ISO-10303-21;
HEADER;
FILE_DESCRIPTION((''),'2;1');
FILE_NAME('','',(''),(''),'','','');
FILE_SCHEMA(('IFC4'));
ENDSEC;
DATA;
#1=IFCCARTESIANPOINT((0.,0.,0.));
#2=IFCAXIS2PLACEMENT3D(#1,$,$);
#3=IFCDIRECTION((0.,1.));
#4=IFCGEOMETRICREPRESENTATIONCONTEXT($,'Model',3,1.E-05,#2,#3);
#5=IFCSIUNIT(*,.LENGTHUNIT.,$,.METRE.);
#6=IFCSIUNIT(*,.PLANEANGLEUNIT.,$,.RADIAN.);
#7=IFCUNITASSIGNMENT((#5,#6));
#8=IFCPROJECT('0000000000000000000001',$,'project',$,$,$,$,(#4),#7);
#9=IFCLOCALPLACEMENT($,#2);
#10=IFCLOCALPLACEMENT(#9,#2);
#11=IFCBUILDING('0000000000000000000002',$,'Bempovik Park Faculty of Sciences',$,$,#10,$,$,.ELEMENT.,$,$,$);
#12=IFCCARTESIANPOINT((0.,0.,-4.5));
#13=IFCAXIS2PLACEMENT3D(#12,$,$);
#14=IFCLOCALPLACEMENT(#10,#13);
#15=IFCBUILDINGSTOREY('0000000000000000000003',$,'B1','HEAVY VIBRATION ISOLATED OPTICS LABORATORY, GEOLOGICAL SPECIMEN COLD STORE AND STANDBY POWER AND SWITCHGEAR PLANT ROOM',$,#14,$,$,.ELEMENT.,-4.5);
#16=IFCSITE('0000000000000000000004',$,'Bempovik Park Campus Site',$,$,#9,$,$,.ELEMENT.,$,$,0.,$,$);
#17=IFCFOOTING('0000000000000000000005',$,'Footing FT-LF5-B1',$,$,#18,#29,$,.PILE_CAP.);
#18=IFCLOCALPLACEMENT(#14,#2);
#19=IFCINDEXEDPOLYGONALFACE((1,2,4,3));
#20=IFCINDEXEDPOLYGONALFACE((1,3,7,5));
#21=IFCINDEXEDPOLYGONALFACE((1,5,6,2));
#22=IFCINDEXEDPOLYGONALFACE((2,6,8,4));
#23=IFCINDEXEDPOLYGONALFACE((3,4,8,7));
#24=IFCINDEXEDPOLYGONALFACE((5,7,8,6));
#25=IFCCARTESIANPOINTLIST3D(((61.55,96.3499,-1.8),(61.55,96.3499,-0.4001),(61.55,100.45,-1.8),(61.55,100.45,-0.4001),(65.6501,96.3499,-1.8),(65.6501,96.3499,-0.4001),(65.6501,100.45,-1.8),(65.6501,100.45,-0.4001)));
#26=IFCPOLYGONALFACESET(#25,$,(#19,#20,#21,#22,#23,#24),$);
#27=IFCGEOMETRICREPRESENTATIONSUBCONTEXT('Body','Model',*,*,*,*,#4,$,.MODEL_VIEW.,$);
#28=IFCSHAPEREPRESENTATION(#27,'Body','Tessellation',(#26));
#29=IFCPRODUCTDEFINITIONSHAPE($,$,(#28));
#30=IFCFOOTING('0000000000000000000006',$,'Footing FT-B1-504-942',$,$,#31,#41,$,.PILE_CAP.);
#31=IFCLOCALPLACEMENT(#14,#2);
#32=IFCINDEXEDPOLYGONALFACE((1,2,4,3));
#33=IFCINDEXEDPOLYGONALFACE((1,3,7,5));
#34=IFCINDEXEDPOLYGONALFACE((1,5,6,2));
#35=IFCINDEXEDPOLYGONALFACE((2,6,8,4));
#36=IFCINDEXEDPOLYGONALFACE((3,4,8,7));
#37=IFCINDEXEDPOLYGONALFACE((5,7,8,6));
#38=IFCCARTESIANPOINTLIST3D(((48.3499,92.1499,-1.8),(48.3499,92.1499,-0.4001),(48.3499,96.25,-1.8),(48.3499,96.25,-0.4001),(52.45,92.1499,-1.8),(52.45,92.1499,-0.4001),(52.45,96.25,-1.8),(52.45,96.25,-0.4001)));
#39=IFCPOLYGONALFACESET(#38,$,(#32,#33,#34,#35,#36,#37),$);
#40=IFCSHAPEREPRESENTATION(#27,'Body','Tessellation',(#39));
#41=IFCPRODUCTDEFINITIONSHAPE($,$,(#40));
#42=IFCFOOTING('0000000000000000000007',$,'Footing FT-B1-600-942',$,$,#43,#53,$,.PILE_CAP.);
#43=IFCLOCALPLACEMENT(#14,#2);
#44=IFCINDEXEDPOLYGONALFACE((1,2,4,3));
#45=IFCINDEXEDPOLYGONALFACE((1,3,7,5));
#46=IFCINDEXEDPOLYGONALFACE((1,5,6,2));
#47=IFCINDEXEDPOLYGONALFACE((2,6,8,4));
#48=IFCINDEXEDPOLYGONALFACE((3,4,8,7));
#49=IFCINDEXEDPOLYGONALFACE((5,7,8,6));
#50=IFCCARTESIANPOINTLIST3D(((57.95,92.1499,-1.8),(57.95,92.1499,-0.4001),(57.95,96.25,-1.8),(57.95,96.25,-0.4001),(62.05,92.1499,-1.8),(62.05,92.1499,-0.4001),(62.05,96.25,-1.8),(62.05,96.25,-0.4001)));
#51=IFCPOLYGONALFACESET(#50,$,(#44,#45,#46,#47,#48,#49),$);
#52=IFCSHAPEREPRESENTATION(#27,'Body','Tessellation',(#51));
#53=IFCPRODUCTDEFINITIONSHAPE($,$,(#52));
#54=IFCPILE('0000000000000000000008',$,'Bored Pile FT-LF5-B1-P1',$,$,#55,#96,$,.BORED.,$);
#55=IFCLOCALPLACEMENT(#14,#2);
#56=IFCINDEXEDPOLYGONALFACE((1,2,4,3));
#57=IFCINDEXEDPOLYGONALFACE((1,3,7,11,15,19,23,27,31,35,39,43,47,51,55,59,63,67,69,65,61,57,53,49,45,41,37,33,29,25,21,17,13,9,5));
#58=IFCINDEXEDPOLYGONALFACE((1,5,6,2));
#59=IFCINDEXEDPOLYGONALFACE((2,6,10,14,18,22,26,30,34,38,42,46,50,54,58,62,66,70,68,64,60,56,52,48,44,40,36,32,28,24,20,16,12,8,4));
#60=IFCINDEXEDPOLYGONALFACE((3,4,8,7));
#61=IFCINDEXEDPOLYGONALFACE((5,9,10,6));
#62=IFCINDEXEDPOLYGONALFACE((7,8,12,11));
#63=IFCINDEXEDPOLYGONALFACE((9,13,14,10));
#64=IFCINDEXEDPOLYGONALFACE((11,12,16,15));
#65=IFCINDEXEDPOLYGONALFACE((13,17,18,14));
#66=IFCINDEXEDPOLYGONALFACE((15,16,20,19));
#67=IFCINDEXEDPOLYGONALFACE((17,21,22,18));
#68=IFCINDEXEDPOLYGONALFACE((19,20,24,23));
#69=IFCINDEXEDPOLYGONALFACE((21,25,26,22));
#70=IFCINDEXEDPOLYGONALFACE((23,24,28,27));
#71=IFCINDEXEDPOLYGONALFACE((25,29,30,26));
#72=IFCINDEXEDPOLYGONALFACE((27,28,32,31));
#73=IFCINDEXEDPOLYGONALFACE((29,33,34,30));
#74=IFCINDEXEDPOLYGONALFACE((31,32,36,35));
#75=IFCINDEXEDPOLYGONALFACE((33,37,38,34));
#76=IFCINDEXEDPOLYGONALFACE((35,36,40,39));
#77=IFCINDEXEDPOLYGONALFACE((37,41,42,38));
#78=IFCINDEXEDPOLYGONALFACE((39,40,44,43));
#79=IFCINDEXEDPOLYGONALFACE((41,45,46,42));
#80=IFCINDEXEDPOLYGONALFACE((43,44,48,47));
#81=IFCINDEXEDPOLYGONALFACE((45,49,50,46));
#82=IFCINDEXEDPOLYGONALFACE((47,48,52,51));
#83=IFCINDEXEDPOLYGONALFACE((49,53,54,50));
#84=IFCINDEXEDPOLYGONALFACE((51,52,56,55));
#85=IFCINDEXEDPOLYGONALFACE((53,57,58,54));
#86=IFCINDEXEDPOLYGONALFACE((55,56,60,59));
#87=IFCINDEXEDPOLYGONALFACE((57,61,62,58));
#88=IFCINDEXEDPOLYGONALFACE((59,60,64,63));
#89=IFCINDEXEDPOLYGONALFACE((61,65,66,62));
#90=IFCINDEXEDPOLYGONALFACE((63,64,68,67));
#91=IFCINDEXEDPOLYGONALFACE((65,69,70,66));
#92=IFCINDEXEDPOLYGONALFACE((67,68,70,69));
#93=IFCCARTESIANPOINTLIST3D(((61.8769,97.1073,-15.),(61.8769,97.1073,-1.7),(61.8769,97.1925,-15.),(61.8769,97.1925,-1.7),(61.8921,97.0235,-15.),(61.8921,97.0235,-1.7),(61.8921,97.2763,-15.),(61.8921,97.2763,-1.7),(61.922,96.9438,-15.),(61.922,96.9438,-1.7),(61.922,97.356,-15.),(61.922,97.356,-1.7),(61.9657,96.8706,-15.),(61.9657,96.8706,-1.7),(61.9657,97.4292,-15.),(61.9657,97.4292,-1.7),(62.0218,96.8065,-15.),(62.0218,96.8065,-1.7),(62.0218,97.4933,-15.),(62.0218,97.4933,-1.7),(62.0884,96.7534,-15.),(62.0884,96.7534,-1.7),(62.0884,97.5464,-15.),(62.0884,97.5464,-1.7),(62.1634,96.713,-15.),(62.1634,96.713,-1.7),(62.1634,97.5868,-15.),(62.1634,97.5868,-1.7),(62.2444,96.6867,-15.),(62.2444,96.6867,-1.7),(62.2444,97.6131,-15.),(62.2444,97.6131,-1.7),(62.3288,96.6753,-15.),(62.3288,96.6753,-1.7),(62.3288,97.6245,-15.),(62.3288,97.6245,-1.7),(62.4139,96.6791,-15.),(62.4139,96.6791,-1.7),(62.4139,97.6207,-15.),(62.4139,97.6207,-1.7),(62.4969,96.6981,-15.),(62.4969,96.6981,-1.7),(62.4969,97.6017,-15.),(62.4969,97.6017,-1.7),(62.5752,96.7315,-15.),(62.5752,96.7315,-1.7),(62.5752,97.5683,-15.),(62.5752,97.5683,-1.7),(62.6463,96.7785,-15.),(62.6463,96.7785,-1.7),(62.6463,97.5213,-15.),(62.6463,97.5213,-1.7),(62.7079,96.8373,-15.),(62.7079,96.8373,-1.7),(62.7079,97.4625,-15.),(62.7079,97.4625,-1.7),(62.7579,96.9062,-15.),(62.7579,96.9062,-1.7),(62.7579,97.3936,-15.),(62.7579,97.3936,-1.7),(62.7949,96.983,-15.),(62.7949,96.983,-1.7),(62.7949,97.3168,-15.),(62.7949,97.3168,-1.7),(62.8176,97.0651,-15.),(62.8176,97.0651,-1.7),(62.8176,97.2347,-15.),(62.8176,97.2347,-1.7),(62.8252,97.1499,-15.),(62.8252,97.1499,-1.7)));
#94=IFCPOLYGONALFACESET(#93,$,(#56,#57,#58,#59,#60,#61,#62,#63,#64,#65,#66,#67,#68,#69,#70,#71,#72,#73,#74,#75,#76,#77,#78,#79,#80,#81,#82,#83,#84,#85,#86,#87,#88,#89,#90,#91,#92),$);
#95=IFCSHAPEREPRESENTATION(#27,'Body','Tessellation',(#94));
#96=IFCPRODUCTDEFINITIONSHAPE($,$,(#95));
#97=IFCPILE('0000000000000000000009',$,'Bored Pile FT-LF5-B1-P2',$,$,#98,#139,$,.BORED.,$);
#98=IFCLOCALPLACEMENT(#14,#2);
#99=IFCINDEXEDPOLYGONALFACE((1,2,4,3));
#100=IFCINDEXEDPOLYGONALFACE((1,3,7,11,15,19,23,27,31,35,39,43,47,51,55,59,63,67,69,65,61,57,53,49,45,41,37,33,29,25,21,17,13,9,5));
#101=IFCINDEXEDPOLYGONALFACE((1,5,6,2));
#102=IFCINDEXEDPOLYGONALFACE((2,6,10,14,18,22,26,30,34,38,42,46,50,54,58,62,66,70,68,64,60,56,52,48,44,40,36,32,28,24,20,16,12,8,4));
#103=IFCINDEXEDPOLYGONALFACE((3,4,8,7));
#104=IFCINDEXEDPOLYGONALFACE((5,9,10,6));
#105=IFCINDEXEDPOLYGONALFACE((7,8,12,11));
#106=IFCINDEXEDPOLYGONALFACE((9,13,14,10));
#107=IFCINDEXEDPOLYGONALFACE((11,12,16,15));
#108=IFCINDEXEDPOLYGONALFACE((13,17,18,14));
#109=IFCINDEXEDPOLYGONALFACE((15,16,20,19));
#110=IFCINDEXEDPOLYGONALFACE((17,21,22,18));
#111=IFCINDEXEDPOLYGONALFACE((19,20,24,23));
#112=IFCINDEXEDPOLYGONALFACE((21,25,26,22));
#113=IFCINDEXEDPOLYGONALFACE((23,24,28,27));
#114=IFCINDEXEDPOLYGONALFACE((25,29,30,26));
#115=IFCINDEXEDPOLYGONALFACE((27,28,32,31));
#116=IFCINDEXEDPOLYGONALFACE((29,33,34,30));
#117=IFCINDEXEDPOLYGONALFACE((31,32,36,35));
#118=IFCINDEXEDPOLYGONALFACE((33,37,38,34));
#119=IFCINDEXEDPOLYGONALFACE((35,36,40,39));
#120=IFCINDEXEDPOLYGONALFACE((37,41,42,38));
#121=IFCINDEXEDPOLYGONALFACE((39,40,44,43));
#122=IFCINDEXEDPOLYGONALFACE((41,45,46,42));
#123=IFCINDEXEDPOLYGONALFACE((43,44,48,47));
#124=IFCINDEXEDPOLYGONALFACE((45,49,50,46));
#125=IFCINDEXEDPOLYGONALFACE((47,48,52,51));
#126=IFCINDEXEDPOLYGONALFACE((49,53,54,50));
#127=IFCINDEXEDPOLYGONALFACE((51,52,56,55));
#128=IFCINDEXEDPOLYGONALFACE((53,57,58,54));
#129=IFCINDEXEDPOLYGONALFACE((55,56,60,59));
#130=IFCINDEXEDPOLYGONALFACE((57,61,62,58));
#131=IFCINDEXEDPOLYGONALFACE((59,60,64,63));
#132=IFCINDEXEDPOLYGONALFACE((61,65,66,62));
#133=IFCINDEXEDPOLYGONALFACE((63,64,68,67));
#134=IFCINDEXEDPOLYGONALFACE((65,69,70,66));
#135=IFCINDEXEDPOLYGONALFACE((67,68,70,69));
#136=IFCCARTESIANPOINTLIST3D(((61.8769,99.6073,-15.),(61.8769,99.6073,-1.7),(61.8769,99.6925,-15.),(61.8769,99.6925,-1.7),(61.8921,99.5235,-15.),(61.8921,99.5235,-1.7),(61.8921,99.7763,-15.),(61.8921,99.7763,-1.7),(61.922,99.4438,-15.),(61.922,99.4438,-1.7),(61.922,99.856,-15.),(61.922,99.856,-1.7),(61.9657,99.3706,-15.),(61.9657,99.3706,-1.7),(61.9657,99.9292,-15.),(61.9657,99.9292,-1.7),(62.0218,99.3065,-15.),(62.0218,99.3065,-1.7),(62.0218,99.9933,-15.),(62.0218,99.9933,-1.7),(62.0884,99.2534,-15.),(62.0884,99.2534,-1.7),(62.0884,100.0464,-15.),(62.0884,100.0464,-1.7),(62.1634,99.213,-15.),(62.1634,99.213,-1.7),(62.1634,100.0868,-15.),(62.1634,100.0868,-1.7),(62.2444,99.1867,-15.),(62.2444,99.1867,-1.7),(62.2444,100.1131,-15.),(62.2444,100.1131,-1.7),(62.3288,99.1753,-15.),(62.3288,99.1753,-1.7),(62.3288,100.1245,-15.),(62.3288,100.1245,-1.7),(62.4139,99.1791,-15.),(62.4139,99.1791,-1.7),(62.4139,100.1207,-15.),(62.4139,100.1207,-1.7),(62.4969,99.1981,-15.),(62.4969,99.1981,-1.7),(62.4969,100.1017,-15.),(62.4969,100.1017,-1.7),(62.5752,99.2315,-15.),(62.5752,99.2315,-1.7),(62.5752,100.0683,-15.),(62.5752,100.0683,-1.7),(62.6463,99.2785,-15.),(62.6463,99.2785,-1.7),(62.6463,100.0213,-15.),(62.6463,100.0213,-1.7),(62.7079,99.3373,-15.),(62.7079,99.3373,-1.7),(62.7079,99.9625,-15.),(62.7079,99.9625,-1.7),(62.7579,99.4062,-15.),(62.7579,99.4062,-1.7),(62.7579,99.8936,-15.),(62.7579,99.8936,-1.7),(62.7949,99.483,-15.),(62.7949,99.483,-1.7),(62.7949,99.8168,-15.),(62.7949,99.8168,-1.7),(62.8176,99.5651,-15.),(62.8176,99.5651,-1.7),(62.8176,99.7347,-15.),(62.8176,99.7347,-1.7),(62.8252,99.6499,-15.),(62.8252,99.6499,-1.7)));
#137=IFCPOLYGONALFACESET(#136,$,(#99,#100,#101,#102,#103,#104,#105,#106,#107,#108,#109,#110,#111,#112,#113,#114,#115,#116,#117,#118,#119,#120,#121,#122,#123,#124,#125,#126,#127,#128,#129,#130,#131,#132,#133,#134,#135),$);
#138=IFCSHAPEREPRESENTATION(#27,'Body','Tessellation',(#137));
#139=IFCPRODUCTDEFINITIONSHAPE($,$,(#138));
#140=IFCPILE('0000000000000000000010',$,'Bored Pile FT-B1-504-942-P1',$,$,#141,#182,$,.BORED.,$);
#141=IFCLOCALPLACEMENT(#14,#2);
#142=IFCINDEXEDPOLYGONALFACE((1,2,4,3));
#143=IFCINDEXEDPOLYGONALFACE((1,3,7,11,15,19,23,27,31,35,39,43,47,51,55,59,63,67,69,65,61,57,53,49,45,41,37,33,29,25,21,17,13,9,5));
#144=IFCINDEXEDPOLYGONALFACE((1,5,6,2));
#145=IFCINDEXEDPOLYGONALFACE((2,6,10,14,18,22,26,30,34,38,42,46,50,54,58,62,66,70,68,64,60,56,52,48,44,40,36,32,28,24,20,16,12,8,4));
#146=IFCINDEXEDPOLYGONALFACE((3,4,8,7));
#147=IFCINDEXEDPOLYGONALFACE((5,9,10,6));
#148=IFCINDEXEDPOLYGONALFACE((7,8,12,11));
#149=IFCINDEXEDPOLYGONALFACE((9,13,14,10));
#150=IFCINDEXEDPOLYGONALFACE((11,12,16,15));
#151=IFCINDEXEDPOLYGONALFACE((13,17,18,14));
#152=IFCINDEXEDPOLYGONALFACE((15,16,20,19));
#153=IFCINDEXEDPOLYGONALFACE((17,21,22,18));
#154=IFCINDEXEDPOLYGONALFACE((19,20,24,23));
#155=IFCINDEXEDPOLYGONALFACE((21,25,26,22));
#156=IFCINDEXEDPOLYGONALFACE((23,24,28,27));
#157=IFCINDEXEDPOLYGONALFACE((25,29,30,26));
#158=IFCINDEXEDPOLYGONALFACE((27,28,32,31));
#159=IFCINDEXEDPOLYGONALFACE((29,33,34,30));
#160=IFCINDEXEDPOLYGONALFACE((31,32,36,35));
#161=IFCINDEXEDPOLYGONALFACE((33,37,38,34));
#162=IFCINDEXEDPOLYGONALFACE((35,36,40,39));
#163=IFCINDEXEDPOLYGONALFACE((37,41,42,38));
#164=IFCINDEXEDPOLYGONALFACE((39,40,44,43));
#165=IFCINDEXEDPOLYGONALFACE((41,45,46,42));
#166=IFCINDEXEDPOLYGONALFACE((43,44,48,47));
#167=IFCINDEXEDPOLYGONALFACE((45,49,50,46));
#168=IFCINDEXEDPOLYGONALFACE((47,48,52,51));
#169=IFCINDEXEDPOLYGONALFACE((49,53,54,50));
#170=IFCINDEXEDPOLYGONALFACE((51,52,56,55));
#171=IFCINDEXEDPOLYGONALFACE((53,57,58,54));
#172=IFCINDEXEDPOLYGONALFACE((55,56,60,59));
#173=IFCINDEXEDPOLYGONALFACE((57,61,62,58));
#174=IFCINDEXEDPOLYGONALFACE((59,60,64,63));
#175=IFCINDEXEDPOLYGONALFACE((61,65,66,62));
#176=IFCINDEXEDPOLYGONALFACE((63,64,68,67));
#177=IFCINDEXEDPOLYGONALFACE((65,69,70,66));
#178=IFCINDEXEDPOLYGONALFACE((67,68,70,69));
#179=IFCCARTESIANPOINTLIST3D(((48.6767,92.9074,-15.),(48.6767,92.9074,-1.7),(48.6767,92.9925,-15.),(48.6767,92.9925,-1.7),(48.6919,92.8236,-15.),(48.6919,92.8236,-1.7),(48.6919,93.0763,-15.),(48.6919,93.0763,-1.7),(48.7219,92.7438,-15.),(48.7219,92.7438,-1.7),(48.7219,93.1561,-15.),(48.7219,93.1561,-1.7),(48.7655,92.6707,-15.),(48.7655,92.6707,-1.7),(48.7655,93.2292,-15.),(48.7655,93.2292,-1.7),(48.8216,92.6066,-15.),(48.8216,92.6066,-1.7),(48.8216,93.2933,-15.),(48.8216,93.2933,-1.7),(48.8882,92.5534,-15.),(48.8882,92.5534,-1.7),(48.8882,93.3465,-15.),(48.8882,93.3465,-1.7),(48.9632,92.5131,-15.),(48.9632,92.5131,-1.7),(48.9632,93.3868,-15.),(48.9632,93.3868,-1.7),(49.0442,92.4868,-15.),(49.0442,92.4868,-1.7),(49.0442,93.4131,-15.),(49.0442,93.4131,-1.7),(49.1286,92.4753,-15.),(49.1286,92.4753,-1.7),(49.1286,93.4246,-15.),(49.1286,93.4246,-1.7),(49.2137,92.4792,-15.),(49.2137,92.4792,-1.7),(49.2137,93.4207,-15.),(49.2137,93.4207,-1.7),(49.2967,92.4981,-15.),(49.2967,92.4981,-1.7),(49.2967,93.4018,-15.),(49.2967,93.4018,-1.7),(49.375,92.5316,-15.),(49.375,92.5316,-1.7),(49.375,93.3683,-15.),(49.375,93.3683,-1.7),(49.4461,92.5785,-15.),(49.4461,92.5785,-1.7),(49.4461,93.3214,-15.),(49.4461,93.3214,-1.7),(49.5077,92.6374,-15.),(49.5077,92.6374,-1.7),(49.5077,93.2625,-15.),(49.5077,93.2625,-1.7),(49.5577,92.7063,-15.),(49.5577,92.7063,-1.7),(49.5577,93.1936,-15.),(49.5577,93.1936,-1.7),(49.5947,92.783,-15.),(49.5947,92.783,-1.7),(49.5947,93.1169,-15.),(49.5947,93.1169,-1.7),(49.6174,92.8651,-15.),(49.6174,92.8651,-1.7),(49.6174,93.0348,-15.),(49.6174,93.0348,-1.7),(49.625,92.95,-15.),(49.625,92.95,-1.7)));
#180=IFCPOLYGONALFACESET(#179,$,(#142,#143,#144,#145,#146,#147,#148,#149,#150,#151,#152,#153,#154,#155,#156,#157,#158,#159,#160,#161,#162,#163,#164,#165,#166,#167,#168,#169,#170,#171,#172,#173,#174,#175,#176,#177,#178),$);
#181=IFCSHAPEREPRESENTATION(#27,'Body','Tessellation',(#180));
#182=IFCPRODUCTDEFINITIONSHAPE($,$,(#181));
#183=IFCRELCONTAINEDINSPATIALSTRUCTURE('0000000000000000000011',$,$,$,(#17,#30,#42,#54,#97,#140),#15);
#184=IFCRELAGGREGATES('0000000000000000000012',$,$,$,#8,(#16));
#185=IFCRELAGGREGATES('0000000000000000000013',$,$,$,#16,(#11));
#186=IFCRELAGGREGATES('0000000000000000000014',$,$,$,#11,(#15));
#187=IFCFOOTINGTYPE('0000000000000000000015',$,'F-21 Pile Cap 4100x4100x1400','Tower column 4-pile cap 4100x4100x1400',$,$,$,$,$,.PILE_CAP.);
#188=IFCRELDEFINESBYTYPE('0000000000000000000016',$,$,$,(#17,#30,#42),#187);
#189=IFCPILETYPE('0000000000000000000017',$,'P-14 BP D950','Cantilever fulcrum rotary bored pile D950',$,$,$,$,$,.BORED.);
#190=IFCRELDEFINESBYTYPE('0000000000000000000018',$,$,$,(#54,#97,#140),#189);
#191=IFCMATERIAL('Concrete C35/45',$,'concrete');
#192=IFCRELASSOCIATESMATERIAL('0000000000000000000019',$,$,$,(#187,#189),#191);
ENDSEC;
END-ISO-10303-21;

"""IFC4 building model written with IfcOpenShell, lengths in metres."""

from ifc_helpers import new_model, si_unit, direction, frame, origin, origin_2d, place, context, subcontext, project, spatial, rectangle, circle, extrude, material, material_profile, profile_set, type_object, element, save


model = new_model("IFC4")

# Units and contexts
model_context = context("Model", 3, precision=1e-05, world=origin(), true_north=direction((0.0, 1.0)))
body_context = subcontext(model_context, "Body", "Model", "MODEL_VIEW")
ifc_project = project(units=[si_unit("LENGTHUNIT", "METRE"), si_unit("PLANEANGLEUNIT", "RADIAN")], contexts=[model_context])

# Site, building, storey
site_placement = place(None, origin())
site = spatial("IfcSite", under=ifc_project, at=site_placement, Name="Bempovik Park Campus Site", CompositionType="ELEMENT", RefElevation=0.0)
building_placement = place(site_placement, origin())
building = spatial("IfcBuilding", under=site, at=building_placement, Name="Bempovik Park Faculty of Sciences", CompositionType="ELEMENT")
storey_placement = place(building_placement, frame((0.0, 0.0, -4.5)))
storey = spatial("IfcBuildingStorey", under=building, at=storey_placement, Name="B1", Description="HEAVY VIBRATION ISOLATED OPTICS LABORATORY, GEOLOGICAL SPECIMEN COLD STORE AND STANDBY POWER AND SWITCHGEAR PLANT ROOM", CompositionType="ELEMENT", Elevation=-4.5)

# Footings
ifc_material_1 = material(Name="Concrete C35/45", Category="concrete")
footing_type = type_object("IfcFootingType", Name="F-21 Pile Cap 4100x4100x1400", Description="Tower column 4-pile cap 4100x4100x1400", PredefinedType="PILE_CAP", material=ifc_material_1)
for number, where, z_axis, x_axis, name in (
    (1, (63.6001, 98.3999, -1.8), (0.0, 0.0, 1.0), (1.0, 0.0, 0.0), "Footing FT-LF5-B1"),
    (2, (50.3999, 94.2, -1.8), (0.0, 0.0, 1.0), (1.0, 0.0, 0.0), "Footing FT-B1-504-942"),
    (3, (60.0, 94.2, -1.8), (0.0, 0.0, 1.0), (1.0, 0.0, 0.0), "Footing FT-B1-600-942"),
):
    element("IfcFooting", number, at=place(storey_placement, frame(where, z_axis=z_axis, x_axis=x_axis)), inside=storey, type_object=footing_type, Name=name, PredefinedType="PILE_CAP", context=body_context, shape_type="SweptSolid", body=[
        extrude(rectangle(XDim=4.1001, YDim=4.1001, at=origin_2d()), origin(), (0.0, 0.0, 1.0), 1.3999),
    ])

# Piles
ifc_material_profile_1 = material_profile(ifc_material_1, circle(Radius=0.4751, at=origin_2d()), Name="BP D950")
ifc_profile_set_1 = profile_set([ifc_material_profile_1], Name="Concrete C35/45")
pile_type = type_object("IfcPileType", Name="P-14 BP D950", Description="Cantilever fulcrum rotary bored pile D950", PredefinedType="BORED", material=ifc_profile_set_1)
for number, where, z_axis, x_axis, name in (
    (4, (62.3501, 97.1499, -1.7), (0.0, 0.0, -1.0), (1.0, 0.0, 0.0), "Bored Pile FT-LF5-B1-P1"),
    (5, (62.3501, 99.6499, -1.7), (0.0, 0.0, -1.0), (1.0, 0.0, 0.0), "Bored Pile FT-LF5-B1-P2"),
    (6, (49.1499, 92.95, -1.7), (0.0, 0.0, -1.0), (1.0, 0.0, 0.0), "Bored Pile FT-B1-504-942-P1"),
):
    element("IfcPile", number, at=place(storey_placement, frame(where, z_axis=z_axis, x_axis=x_axis)), inside=storey, type_object=pile_type, Name=name, PredefinedType="BORED", context=body_context, shape_type="SweptSolid", body=[
        extrude(circle(Radius=0.4751, at=origin_2d()), origin(), (0.0, 0.0, 1.0), 13.3),
    ])

save(model, "model.ifc")
